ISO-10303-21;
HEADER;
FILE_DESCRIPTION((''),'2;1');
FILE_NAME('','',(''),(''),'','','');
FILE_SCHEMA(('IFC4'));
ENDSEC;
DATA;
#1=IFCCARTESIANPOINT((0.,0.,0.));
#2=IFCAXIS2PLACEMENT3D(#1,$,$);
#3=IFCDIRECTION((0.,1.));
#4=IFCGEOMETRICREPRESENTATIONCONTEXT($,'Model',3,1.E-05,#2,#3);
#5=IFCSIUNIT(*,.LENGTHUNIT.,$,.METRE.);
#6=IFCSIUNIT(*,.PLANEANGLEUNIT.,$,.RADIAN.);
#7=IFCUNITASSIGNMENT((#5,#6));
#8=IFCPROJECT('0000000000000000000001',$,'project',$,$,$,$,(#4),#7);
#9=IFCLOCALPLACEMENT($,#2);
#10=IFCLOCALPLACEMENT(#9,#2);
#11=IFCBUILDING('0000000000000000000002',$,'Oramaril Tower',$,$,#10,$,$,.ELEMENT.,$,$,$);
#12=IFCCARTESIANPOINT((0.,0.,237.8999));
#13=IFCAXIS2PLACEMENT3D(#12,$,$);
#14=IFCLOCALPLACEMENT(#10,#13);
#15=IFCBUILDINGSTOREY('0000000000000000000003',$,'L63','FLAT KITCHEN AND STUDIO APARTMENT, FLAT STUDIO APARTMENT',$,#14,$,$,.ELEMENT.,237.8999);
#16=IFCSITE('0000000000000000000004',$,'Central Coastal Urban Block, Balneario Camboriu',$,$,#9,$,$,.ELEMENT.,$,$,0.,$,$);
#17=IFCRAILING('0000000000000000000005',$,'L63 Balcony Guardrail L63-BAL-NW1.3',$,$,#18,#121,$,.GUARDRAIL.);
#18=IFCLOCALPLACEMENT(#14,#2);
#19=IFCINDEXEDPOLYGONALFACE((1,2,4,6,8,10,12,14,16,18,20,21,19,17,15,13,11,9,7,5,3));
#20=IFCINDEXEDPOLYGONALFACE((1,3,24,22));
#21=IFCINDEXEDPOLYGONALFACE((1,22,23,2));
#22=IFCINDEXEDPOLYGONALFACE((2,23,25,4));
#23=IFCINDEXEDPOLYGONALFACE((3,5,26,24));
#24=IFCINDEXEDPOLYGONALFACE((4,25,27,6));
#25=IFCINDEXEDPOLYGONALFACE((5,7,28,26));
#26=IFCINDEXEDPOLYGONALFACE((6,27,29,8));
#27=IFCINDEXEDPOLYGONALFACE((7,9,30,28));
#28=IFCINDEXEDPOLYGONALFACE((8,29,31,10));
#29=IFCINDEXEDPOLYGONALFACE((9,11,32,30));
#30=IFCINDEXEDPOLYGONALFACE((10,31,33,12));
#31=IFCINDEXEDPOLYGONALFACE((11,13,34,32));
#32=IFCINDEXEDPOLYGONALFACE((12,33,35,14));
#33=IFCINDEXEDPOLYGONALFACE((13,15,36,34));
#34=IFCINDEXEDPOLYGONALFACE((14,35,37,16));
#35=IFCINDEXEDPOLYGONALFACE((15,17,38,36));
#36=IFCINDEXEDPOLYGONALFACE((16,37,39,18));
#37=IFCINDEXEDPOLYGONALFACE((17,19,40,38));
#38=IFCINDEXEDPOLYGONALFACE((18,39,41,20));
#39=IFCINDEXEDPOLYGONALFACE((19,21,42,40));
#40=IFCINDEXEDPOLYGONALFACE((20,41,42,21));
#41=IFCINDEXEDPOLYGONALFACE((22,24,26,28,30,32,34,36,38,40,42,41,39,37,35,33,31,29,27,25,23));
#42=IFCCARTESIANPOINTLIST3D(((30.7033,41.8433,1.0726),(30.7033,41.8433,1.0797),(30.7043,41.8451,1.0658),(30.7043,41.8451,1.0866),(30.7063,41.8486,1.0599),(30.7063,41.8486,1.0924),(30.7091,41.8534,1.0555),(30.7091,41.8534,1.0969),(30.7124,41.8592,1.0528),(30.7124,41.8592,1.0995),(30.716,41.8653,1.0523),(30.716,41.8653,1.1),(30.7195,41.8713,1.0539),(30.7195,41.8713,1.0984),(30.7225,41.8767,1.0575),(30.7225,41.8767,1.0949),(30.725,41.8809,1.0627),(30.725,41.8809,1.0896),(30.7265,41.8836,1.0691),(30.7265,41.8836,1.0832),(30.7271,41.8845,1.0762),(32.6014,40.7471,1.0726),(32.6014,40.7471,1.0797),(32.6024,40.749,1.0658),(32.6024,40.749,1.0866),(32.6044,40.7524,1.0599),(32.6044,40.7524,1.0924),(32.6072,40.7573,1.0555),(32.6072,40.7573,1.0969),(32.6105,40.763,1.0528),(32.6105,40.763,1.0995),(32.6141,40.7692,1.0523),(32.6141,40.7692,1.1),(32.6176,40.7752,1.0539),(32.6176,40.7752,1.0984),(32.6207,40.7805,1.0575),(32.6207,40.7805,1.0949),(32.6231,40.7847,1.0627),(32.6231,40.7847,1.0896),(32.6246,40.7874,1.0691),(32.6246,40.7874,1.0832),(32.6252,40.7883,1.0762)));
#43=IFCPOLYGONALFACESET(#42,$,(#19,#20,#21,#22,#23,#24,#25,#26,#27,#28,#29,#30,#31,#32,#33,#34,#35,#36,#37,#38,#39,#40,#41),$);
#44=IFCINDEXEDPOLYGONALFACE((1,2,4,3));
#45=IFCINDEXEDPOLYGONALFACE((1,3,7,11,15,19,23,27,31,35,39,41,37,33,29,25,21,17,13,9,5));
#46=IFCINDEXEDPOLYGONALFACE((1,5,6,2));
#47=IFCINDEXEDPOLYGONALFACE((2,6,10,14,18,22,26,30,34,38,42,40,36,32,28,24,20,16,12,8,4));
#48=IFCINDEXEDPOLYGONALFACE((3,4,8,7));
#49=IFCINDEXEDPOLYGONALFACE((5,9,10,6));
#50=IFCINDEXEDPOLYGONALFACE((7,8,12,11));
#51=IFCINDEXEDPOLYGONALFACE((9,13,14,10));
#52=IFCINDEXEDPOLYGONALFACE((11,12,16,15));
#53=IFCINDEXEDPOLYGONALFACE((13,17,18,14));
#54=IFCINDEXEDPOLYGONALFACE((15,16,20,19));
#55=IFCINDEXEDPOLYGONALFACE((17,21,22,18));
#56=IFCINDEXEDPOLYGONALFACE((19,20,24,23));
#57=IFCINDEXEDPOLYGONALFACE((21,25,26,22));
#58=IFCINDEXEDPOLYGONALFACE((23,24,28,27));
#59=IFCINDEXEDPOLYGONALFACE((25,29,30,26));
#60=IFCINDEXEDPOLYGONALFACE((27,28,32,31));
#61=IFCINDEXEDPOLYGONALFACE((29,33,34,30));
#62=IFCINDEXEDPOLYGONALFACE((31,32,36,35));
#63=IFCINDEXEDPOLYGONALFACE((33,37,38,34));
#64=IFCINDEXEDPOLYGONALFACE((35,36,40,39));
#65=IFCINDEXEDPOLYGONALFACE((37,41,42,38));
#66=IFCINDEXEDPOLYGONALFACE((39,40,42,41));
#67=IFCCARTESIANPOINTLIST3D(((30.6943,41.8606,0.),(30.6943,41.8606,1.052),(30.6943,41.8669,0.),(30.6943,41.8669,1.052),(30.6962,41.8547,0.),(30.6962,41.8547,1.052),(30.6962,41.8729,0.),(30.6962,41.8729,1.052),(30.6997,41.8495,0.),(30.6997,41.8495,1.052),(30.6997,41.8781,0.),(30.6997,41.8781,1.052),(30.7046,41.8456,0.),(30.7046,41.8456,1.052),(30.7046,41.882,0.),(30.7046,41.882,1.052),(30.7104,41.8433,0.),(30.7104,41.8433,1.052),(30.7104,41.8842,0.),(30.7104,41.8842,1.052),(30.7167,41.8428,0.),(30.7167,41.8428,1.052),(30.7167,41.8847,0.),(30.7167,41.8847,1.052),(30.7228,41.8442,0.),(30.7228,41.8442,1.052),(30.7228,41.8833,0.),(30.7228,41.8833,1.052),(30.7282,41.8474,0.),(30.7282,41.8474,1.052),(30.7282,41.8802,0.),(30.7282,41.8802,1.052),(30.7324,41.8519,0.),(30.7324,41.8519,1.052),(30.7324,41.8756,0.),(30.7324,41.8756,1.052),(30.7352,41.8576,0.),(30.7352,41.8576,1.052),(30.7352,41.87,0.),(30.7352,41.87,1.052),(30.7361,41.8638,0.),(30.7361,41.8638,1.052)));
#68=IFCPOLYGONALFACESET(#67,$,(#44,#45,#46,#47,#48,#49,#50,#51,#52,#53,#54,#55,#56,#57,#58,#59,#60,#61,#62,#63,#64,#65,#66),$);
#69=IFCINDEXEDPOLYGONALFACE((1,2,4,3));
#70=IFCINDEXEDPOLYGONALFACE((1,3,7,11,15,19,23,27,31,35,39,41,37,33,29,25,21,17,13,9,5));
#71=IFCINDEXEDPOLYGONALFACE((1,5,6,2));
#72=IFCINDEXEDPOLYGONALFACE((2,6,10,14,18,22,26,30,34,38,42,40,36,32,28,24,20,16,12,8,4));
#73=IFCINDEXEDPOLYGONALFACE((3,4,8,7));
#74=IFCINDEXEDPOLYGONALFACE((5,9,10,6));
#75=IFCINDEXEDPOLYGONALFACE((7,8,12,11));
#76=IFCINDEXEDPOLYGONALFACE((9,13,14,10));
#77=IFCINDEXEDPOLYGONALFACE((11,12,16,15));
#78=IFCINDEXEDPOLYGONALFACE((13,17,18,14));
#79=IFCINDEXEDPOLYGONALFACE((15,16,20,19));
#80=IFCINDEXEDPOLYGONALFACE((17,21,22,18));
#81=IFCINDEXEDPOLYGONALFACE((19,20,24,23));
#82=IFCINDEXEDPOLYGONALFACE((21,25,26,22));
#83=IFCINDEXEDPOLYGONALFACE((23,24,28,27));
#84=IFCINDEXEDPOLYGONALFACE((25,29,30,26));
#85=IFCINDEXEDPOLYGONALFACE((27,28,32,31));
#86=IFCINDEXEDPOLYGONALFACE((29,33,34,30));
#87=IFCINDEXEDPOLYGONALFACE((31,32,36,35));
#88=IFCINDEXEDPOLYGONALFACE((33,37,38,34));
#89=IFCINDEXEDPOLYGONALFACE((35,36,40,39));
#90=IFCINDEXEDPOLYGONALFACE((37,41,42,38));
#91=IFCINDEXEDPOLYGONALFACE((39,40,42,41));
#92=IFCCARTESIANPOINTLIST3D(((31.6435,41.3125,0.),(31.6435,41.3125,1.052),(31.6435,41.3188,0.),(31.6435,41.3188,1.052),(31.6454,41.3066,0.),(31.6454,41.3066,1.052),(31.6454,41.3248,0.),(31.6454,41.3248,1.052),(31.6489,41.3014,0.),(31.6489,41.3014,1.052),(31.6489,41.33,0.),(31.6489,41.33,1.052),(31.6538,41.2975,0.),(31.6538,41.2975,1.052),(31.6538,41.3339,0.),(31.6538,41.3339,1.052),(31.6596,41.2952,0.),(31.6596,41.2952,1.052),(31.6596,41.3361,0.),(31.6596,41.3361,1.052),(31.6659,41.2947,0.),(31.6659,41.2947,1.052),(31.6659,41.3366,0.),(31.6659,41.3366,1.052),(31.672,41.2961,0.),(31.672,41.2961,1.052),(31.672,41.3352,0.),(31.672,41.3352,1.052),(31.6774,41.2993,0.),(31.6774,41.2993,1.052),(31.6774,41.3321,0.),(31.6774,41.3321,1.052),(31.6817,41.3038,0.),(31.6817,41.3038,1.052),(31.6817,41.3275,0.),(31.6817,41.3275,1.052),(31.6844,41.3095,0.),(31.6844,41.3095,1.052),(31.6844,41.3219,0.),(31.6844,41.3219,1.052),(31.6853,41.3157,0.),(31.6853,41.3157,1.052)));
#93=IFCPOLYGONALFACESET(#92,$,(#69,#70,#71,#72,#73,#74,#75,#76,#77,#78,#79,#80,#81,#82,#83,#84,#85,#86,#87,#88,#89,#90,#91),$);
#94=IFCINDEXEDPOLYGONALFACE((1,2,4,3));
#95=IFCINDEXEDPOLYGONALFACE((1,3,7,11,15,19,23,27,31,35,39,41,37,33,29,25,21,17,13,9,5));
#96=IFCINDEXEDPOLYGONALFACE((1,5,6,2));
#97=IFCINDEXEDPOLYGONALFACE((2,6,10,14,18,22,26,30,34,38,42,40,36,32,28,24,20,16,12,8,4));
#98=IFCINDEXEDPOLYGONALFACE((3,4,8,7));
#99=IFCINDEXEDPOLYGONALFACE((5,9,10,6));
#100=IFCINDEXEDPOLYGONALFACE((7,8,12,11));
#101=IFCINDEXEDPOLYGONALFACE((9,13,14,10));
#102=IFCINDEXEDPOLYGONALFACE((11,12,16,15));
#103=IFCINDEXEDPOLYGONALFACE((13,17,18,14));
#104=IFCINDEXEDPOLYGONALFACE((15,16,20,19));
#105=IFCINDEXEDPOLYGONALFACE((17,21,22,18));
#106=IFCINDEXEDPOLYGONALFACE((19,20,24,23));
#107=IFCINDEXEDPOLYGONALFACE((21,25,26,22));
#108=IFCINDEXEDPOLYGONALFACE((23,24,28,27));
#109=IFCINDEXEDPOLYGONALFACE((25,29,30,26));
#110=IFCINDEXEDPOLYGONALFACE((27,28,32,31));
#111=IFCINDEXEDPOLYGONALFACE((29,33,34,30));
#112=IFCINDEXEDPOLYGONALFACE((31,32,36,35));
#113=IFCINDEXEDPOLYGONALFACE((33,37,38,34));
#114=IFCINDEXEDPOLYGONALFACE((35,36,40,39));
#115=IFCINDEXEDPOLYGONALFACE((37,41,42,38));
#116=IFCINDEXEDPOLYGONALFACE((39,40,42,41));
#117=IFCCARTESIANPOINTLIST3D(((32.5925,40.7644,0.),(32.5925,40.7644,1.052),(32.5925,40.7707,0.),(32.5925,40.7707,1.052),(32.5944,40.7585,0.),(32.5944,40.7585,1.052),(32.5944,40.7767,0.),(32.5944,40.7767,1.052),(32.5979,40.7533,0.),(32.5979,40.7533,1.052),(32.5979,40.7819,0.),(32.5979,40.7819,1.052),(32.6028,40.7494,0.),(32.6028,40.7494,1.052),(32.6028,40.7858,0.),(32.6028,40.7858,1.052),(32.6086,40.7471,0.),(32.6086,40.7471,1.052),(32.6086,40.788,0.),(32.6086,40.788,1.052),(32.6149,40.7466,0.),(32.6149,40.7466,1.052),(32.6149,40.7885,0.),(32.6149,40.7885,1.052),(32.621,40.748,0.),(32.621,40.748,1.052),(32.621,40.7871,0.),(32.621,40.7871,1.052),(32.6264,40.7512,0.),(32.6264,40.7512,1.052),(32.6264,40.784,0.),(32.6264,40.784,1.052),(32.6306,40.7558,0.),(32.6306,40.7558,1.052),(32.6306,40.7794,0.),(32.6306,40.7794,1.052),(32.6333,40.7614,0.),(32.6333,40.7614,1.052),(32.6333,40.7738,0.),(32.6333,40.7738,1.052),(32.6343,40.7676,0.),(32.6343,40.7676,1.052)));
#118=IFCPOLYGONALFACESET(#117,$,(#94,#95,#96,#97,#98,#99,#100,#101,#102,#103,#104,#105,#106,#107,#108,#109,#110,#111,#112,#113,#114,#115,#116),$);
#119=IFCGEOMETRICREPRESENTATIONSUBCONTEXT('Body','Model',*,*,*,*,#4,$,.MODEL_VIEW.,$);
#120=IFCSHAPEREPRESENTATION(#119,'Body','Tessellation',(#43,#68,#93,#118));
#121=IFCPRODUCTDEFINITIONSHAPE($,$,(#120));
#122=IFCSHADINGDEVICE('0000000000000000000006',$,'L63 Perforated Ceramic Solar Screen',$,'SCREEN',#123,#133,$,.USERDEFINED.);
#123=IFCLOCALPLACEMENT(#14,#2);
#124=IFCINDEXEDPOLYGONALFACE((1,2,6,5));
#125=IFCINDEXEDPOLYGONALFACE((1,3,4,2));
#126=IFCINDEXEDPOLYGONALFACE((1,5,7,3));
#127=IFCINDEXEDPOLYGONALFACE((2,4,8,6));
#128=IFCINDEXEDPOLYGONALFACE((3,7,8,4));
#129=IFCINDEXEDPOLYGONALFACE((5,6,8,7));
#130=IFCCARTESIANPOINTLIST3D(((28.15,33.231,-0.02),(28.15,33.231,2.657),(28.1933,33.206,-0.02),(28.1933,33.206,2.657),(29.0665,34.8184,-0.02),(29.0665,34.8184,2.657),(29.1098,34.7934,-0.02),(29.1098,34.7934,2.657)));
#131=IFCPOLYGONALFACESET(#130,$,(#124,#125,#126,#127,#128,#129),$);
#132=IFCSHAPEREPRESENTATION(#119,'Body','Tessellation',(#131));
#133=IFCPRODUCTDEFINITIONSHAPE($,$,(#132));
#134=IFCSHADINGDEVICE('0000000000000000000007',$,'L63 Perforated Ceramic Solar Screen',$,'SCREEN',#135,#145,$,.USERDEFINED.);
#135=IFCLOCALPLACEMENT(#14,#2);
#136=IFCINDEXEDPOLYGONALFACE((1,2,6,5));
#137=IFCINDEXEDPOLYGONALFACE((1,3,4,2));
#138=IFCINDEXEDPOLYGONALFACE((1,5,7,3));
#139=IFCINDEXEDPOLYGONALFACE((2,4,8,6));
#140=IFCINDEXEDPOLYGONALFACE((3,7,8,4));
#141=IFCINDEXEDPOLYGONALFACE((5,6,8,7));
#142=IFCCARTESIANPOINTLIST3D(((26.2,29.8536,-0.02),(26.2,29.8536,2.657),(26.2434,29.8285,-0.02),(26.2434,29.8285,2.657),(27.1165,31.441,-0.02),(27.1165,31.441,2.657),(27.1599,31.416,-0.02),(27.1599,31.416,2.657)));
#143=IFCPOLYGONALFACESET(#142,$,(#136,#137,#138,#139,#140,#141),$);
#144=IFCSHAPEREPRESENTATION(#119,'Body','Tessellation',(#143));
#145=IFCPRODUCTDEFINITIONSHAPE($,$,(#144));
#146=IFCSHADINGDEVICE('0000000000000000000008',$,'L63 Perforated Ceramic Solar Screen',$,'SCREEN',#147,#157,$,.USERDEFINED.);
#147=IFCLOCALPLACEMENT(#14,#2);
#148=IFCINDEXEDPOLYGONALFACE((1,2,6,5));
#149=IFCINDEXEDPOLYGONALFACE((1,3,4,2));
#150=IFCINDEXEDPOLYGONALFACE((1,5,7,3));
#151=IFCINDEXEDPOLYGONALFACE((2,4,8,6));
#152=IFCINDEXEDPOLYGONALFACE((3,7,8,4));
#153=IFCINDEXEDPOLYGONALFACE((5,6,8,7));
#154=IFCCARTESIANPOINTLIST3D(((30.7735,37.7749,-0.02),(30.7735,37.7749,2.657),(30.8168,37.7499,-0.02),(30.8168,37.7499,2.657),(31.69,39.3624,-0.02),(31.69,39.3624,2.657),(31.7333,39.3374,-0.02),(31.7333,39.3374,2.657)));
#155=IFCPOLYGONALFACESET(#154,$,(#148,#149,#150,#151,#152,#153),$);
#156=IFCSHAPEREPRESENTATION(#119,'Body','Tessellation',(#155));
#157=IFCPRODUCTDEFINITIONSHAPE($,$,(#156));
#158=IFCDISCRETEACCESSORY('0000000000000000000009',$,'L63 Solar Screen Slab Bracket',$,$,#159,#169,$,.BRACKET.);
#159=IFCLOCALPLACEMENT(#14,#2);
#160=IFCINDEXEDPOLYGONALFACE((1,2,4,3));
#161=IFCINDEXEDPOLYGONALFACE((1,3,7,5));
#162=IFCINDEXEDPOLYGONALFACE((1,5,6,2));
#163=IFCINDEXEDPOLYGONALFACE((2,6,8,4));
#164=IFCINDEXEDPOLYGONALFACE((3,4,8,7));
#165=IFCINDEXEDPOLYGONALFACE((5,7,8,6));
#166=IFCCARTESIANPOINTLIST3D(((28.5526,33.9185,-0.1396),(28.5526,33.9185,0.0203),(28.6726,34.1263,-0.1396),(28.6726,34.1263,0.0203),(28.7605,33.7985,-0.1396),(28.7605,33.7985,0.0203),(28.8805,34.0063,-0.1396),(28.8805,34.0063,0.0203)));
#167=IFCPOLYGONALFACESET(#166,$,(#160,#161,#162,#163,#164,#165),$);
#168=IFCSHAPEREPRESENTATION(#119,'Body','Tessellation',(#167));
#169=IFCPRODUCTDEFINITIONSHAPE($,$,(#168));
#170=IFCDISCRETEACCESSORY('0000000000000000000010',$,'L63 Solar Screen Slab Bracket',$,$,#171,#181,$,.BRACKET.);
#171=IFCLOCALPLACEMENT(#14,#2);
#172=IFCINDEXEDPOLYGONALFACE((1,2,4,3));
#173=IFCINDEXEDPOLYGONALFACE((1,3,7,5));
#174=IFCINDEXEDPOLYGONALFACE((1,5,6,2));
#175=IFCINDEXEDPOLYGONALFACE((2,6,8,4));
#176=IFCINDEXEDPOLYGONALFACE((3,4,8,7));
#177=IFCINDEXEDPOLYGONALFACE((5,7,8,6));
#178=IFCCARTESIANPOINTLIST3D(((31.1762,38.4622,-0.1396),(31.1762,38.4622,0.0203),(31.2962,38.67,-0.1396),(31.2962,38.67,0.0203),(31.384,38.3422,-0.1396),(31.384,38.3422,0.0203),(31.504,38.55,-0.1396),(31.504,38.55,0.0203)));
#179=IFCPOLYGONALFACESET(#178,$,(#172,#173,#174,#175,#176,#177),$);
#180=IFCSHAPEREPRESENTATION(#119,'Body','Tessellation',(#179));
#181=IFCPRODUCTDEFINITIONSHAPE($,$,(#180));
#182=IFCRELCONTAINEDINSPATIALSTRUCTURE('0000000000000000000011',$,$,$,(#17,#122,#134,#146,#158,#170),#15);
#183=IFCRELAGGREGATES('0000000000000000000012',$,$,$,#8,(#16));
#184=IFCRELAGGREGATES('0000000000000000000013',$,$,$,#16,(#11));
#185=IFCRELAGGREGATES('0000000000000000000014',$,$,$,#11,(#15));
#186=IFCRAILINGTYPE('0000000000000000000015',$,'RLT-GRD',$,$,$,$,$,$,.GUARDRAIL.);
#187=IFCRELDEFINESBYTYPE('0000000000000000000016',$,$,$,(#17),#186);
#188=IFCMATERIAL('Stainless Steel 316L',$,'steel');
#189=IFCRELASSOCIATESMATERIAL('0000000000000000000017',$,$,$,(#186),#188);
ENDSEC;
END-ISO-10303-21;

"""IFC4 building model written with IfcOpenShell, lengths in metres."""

from ifc_helpers import new_model, si_unit, direction, frame, origin, origin_2d, place, context, subcontext, project, spatial, rectangle, circle, extrude, material, type_object, element, save


model = new_model("IFC4")

# Units and contexts
model_context = context("Model", 3, precision=1e-05, world=origin(), true_north=direction((0.0, 1.0)))
body_context = subcontext(model_context, "Body", "Model", "MODEL_VIEW")
ifc_project = project(units=[si_unit("LENGTHUNIT", "METRE"), si_unit("PLANEANGLEUNIT", "RADIAN")], contexts=[model_context])

# Site, building, storey
site_placement = place(None, origin())
site = spatial("IfcSite", under=ifc_project, at=site_placement, Name="Central Coastal Urban Block, Balneario Camboriu", CompositionType="ELEMENT", RefElevation=0.0)
building_placement = place(site_placement, origin())
building = spatial("IfcBuilding", under=site, at=building_placement, Name="Oramaril Tower", CompositionType="ELEMENT")
storey_placement = place(building_placement, frame((0.0, 0.0, 237.8999)))
storey = spatial("IfcBuildingStorey", under=building, at=storey_placement, Name="L63", Description="FLAT KITCHEN AND STUDIO APARTMENT, FLAT STUDIO APARTMENT", CompositionType="ELEMENT", Elevation=237.8999)

# Railing
ifc_material_1 = material(Name="Stainless Steel 316L", Category="steel")
railing_type = type_object("IfcRailingType", Name="RLT-GRD", PredefinedType="GUARDRAIL", material=ifc_material_1)
railing_1_placement = place(storey_placement, frame((30.7151, 41.8638, 0.0)))
element("IfcRailing", 1, at=railing_1_placement, inside=storey, type_object=railing_type, Name="L63 Balcony Guardrail L63-BAL-NW1.3", PredefinedType="GUARDRAIL", context=body_context, shape_type="SweptSolid", body=[
    extrude(circle(Radius=0.0239, at=origin_2d()), frame((0.0, 0.0, 1.0762), z_axis=(0.865972, -0.500092, 0.0), x_axis=(0.500092, 0.865972, 0.0)), (0.0, 0.0, 1.0), 2.1919),
    extrude(circle(Radius=0.021, at=origin_2d()), origin(), (0.0, 0.0, 1.0), 1.052),
    extrude(circle(Radius=0.021, at=origin_2d()), frame((0.9492, -0.5481, 0.0)), (0.0, 0.0, 1.0), 1.052),
    extrude(circle(Radius=0.021, at=origin_2d()), frame((1.8982, -1.0962, 0.0)), (0.0, 0.0, 1.0), 1.052),
])

# Shading devices
for number, where, z_axis, x_axis, name in (
    (2, (28.6299, 34.0122, -0.02), (0.0, 0.0, 1.0), (-0.500002, -0.866025, 0.0), "L63 Perforated Ceramic Solar Screen"),
    (3, (26.6799, 30.6348, -0.02), (0.0, 0.0, 1.0), (-0.500002, -0.866025, 0.0), "L63 Perforated Ceramic Solar Screen"),
    (4, (31.2534, 38.5562, -0.02), (0.0, 0.0, 1.0), (-0.500002, -0.866025, 0.0), "L63 Perforated Ceramic Solar Screen"),
):
    element("IfcShadingDevice", number, at=place(storey_placement, frame(where, z_axis=z_axis, x_axis=x_axis)), inside=storey, Name=name, ObjectType="SCREEN", PredefinedType="USERDEFINED", context=body_context, shape_type="SweptSolid", body=[
        extrude(rectangle(XDim=1.833, YDim=0.05, at=origin_2d()), origin(), (0.0, 0.0, 1.0), 2.677),
    ])

# Discrete accessories
for number, where, z_axis, x_axis, name in (
    (5, (28.7166, 33.9624, -0.1396), (0.0, 0.0, 1.0), (-0.500002, -0.866025, 0.0), "L63 Solar Screen Slab Bracket"),
    (6, (31.3401, 38.5061, -0.1396), (0.0, 0.0, 1.0), (-0.500002, -0.866025, 0.0), "L63 Solar Screen Slab Bracket"),
):
    element("IfcDiscreteAccessory", number, at=place(storey_placement, frame(where, z_axis=z_axis, x_axis=x_axis)), inside=storey, Name=name, PredefinedType="BRACKET", context=body_context, shape_type="SweptSolid", body=[
        extrude(rectangle(XDim=0.24, YDim=0.24, at=origin_2d()), origin(), (0.0, 0.0, 1.0), 0.1599),
    ])

save(model, "model.ifc")
